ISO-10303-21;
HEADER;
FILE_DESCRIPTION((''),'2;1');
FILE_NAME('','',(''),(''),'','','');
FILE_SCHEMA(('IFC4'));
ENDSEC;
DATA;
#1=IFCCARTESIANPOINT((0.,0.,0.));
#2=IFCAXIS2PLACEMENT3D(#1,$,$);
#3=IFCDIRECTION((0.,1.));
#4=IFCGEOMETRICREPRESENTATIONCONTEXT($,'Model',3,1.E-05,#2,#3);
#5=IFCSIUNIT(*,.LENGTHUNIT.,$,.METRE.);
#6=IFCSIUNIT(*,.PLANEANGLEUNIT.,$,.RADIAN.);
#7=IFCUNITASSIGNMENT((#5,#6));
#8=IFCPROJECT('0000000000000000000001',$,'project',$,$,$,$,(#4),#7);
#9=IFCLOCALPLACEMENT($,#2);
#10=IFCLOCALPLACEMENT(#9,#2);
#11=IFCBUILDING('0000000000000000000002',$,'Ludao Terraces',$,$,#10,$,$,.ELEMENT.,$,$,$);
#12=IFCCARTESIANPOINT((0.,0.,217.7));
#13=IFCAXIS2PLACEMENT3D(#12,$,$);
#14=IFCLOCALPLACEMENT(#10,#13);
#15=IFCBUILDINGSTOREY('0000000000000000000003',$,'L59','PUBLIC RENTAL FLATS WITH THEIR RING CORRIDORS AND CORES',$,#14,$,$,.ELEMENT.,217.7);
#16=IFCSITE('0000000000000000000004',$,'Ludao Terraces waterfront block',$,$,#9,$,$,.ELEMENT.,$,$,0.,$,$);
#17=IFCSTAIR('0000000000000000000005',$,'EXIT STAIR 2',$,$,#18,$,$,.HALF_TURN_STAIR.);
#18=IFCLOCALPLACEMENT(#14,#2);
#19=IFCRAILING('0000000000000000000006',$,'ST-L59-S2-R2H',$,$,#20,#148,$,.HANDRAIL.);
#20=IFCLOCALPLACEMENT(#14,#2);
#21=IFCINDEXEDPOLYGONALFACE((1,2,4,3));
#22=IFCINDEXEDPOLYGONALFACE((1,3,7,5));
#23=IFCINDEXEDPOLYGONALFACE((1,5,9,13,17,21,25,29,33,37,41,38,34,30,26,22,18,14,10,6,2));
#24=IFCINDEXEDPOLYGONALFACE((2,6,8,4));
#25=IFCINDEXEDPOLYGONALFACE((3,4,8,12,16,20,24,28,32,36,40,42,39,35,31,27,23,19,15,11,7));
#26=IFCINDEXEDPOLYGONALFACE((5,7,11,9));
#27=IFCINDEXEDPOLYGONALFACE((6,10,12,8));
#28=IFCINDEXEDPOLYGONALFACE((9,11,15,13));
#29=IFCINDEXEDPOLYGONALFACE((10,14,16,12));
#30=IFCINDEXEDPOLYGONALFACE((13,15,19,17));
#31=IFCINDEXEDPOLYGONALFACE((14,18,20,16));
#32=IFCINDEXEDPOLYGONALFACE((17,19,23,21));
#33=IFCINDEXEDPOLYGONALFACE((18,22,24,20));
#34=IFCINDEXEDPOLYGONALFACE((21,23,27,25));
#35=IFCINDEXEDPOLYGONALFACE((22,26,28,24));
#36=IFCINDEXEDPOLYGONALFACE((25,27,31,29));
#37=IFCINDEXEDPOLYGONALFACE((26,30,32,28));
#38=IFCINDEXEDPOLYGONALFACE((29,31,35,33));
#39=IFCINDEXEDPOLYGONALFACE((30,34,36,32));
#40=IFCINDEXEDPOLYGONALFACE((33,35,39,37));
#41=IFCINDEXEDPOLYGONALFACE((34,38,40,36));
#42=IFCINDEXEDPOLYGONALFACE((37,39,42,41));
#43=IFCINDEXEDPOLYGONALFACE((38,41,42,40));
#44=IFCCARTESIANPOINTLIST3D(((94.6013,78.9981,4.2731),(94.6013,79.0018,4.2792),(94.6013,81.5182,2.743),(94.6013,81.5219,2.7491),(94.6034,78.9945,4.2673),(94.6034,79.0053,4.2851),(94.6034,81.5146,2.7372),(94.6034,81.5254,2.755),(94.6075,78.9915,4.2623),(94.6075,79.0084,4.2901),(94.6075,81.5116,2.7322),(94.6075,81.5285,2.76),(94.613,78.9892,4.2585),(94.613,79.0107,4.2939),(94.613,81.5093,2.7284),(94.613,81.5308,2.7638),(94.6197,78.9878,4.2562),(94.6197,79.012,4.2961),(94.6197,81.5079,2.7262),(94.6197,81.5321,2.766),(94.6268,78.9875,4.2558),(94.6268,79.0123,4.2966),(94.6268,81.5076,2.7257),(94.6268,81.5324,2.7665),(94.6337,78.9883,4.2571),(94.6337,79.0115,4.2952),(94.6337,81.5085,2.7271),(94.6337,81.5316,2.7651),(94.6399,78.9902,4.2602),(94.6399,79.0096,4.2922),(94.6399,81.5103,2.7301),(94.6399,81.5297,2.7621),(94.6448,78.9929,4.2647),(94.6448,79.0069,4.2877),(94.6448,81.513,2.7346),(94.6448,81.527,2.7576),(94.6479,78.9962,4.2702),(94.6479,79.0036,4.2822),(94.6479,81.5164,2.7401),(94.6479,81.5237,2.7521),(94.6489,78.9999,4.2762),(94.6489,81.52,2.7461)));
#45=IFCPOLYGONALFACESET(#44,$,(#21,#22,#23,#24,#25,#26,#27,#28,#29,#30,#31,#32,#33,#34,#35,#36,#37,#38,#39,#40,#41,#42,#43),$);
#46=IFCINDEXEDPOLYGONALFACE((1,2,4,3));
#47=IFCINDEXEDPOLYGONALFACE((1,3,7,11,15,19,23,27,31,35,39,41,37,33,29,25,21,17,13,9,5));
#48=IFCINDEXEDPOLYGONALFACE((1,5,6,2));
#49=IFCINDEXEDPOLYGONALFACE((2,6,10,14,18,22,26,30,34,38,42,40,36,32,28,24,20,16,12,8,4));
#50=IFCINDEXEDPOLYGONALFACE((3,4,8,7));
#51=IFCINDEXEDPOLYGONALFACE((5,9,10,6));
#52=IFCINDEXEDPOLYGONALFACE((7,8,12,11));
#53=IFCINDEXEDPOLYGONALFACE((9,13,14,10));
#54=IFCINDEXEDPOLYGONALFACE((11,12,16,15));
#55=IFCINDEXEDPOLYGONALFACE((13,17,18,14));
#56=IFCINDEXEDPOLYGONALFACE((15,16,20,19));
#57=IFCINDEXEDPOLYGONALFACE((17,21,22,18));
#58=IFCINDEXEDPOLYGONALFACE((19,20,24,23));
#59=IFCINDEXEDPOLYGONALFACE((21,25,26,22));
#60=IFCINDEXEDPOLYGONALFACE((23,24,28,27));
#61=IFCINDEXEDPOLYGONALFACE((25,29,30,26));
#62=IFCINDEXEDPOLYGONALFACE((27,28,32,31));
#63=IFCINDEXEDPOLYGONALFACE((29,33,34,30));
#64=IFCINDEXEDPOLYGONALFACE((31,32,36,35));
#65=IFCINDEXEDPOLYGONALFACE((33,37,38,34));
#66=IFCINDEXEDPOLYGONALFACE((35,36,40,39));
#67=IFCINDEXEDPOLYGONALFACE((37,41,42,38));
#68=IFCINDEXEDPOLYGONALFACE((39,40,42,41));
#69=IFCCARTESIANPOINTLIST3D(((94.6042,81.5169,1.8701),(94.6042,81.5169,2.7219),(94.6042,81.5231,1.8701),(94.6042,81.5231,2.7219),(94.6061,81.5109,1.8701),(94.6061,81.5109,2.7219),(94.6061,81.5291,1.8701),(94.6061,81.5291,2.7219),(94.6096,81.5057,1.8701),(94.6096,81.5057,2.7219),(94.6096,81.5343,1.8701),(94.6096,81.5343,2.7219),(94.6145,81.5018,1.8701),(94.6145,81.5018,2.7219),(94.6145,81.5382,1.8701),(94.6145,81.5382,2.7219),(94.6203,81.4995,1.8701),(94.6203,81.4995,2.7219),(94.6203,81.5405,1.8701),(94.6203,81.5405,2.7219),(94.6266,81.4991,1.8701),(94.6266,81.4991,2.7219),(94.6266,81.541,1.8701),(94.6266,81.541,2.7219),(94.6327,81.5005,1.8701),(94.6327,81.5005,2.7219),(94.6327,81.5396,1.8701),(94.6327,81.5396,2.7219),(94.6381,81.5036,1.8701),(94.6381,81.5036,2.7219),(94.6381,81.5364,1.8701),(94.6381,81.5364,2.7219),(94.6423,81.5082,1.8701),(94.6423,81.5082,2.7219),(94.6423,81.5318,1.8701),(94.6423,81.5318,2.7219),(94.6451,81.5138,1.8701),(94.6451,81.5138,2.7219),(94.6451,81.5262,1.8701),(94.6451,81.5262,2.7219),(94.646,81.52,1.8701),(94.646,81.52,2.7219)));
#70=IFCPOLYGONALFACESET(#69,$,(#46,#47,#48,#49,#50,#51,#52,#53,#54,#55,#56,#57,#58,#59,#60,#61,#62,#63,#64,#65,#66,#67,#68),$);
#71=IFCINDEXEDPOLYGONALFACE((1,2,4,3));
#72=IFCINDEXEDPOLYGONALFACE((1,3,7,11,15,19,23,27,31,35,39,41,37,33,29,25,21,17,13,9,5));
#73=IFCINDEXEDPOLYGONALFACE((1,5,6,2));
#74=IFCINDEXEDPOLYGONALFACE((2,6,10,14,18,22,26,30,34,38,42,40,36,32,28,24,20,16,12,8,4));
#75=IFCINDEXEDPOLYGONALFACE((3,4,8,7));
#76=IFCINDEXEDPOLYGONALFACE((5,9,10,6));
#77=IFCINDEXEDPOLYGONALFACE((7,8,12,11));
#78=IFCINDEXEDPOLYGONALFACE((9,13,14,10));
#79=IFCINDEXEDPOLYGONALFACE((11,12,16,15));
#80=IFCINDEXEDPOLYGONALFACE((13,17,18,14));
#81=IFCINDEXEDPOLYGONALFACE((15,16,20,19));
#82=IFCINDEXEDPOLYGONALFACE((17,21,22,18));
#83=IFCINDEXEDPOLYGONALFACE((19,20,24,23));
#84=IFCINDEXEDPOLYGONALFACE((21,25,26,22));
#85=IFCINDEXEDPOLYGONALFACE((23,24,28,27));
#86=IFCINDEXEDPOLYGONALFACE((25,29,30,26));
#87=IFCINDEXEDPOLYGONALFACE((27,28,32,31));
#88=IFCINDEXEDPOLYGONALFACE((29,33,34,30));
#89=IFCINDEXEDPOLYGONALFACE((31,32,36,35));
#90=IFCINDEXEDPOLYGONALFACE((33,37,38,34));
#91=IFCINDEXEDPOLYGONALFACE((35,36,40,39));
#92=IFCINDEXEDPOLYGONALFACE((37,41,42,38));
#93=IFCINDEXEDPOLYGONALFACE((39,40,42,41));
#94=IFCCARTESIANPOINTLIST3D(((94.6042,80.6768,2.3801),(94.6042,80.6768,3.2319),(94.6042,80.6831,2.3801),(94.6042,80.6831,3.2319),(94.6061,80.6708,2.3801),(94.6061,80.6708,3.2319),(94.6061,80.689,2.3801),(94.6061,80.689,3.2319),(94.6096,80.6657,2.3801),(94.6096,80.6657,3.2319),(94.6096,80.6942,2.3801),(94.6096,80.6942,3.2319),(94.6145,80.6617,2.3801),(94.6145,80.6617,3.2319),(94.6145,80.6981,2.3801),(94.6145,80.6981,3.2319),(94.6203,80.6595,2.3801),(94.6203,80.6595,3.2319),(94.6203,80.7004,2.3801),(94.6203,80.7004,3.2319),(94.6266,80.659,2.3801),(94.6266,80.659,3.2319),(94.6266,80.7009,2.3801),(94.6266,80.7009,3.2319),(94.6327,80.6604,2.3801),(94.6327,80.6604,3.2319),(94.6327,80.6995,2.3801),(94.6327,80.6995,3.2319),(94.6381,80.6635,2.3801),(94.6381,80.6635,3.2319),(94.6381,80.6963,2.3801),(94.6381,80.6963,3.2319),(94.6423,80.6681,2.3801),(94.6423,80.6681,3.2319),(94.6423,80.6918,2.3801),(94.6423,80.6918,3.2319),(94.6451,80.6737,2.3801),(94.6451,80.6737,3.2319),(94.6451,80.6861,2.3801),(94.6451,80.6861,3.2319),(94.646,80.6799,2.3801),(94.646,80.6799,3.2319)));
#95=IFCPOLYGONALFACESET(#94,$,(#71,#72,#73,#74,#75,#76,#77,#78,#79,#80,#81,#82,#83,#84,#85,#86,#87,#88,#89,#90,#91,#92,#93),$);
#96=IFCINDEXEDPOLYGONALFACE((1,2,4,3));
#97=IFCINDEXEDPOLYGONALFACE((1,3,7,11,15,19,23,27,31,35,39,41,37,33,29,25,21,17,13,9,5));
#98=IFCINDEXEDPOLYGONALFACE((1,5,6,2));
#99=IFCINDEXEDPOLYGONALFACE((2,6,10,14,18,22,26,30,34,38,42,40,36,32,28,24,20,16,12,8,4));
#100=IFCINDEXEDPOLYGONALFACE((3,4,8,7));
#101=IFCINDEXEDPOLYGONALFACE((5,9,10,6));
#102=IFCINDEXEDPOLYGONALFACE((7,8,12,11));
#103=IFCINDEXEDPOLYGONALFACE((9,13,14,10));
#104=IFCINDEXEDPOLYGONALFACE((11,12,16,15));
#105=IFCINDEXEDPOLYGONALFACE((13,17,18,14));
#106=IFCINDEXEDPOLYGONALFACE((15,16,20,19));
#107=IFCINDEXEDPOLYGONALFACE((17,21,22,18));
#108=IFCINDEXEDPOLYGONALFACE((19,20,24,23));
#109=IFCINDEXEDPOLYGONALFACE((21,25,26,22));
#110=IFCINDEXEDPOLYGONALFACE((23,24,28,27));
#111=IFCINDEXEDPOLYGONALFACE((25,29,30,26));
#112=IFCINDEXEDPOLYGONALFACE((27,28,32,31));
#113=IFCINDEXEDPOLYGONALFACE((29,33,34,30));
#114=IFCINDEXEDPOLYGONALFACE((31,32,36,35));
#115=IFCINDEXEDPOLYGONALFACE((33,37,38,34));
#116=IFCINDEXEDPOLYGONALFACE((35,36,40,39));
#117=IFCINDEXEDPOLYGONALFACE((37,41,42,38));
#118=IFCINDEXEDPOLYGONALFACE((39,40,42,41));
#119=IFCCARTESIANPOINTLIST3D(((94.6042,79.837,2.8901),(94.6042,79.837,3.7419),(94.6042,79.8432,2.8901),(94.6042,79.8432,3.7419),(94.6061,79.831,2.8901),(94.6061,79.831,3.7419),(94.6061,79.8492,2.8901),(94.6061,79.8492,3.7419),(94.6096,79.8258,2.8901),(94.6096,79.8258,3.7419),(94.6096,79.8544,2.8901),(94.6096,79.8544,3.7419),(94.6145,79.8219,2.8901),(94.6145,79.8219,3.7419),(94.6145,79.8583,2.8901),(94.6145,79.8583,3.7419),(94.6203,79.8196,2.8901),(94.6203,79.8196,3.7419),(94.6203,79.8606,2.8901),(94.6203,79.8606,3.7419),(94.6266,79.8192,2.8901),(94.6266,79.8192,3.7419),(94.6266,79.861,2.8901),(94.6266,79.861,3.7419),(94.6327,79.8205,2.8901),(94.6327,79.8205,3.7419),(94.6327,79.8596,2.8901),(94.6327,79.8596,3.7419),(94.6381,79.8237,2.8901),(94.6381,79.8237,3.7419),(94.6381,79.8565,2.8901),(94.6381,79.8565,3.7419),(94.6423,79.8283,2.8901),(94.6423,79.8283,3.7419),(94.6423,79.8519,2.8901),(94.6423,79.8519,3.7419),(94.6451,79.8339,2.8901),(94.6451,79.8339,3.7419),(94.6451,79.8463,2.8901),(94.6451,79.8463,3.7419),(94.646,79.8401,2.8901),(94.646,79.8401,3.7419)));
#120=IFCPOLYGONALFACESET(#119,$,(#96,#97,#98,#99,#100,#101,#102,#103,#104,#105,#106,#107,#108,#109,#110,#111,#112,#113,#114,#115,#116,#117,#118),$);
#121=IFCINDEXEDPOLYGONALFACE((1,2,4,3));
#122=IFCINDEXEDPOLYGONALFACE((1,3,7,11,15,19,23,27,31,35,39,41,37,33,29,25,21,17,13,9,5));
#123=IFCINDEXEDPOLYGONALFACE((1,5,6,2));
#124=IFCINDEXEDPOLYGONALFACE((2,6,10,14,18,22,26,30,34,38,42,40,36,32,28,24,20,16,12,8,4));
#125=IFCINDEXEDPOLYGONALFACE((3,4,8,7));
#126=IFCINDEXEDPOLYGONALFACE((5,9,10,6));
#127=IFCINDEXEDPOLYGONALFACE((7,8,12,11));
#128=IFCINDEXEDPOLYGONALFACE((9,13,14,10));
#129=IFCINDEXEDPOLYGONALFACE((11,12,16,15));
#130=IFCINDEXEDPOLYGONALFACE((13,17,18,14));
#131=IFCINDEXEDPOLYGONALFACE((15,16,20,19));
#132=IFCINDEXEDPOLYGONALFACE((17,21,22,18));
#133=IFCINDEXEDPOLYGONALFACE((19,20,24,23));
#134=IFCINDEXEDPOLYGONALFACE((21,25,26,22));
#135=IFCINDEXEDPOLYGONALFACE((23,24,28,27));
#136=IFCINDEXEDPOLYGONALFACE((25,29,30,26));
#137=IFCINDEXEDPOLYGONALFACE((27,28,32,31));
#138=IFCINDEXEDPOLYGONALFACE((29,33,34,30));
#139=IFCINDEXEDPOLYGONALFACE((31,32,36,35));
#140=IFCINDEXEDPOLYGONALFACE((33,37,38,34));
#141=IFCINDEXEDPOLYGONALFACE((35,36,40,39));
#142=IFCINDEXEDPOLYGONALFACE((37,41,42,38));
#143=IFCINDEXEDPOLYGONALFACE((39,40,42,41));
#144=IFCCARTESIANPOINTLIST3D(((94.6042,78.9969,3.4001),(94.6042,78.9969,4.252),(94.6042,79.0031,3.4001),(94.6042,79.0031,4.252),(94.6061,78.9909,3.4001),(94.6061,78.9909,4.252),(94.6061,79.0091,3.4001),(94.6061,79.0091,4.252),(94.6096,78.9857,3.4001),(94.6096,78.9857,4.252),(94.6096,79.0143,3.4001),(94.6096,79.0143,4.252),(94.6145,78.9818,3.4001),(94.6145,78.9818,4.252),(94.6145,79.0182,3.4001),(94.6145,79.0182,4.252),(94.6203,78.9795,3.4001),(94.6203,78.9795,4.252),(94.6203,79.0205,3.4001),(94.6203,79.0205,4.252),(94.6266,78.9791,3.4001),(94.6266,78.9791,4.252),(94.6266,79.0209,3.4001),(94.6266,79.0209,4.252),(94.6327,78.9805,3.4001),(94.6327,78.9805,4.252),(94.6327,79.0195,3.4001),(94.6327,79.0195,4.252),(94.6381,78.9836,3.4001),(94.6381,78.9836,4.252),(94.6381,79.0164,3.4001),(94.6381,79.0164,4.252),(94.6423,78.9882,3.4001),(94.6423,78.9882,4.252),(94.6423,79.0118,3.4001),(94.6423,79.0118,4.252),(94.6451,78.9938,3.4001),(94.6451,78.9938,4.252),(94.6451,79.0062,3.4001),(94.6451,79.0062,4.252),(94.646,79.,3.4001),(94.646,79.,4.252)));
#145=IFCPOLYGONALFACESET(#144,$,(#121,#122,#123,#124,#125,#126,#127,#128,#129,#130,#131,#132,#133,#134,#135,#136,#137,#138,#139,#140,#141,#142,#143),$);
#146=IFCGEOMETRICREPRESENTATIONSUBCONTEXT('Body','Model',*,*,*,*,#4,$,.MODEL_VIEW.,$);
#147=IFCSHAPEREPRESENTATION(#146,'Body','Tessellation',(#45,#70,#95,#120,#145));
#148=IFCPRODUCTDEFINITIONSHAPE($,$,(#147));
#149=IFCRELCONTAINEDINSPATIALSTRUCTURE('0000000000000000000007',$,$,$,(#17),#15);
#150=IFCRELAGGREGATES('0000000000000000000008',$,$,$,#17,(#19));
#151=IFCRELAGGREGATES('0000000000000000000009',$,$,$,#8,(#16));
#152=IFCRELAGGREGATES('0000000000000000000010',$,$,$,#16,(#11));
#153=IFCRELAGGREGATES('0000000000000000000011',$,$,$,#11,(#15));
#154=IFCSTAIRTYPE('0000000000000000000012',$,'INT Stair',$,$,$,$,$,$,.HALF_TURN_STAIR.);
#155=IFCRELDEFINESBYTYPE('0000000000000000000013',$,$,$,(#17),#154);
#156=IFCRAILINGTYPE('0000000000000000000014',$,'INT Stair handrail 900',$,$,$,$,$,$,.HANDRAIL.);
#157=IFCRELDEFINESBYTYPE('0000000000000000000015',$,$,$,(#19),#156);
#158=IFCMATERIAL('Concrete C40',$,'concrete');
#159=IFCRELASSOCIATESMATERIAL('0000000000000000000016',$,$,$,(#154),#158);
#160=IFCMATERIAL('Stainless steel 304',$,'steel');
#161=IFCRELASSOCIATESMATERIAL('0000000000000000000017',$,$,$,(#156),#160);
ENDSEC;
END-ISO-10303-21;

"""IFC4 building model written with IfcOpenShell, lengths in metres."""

from ifc_helpers import new_model, si_unit, direction, frame, origin, origin_2d, place, context, subcontext, project, spatial, circle, extrude, material, type_object, element, aggregate, save


model = new_model("IFC4")

# Units and contexts
model_context = context("Model", 3, precision=1e-05, world=origin(), true_north=direction((0.0, 1.0)))
body_context = subcontext(model_context, "Body", "Model", "MODEL_VIEW")
ifc_project = project(units=[si_unit("LENGTHUNIT", "METRE"), si_unit("PLANEANGLEUNIT", "RADIAN")], contexts=[model_context])

# Site, building, storey
site_placement = place(None, origin())
site = spatial("IfcSite", under=ifc_project, at=site_placement, Name="Ludao Terraces waterfront block", CompositionType="ELEMENT", RefElevation=0.0)
building_placement = place(site_placement, origin())
building = spatial("IfcBuilding", under=site, at=building_placement, Name="Ludao Terraces", CompositionType="ELEMENT")
storey_placement = place(building_placement, frame((0.0, 0.0, 217.7)))
storey = spatial("IfcBuildingStorey", under=building, at=storey_placement, Name="L59", Description="PUBLIC RENTAL FLATS WITH THEIR RING CORRIDORS AND CORES", CompositionType="ELEMENT", Elevation=217.7)

# Shared definitions
ifc_material_1 = material(Name="Stainless steel 304", Category="steel")

# Stair, railing
ifc_material_2 = material(Name="Concrete C40", Category="concrete")
stair_type = type_object("IfcStairType", Name="INT Stair", PredefinedType="HALF_TURN_STAIR", material=ifc_material_2)
stair_placement = place(storey_placement, origin())
stair = element("IfcStair", 1, at=stair_placement, inside=storey, type_object=stair_type, Name="EXIT STAIR 2", PredefinedType="HALF_TURN_STAIR")
railing_type_1 = type_object("IfcRailingType", Name="INT Stair handrail 900", PredefinedType="HANDRAIL", material=ifc_material_1)
railing_1_placement = place(storey_placement, frame((94.625, 81.52, 1.8701)))
railing_1 = element("IfcRailing", 2, at=railing_1_placement, type_object=railing_type_1, Name="ST-L59-S2-R2H", PredefinedType="HANDRAIL", context=body_context, shape_type="SweptSolid", body=[
    extrude(circle(Radius=0.0239, at=origin_2d()), frame((0.0, 0.0, 0.876), z_axis=(0.0, -0.854785, 0.518982), x_axis=(1.0, 0.0, 0.0)), (0.0, 0.0, 1.0), 2.9482),
    extrude(circle(Radius=0.021, at=origin_2d()), origin(), (0.0, 0.0, 1.0), 0.8518),
    extrude(circle(Radius=0.021, at=origin_2d()), frame((0.0, -0.8401, 0.51)), (0.0, 0.0, 1.0), 0.8518),
    extrude(circle(Radius=0.021, at=origin_2d()), frame((0.0, -1.6799, 1.02)), (0.0, 0.0, 1.0), 0.8518),
    extrude(circle(Radius=0.021, at=origin_2d()), frame((0.0, -2.52, 1.53)), (0.0, 0.0, 1.0), 0.8518),
])
aggregate(stair, [railing_1])

save(model, "model.ifc")
